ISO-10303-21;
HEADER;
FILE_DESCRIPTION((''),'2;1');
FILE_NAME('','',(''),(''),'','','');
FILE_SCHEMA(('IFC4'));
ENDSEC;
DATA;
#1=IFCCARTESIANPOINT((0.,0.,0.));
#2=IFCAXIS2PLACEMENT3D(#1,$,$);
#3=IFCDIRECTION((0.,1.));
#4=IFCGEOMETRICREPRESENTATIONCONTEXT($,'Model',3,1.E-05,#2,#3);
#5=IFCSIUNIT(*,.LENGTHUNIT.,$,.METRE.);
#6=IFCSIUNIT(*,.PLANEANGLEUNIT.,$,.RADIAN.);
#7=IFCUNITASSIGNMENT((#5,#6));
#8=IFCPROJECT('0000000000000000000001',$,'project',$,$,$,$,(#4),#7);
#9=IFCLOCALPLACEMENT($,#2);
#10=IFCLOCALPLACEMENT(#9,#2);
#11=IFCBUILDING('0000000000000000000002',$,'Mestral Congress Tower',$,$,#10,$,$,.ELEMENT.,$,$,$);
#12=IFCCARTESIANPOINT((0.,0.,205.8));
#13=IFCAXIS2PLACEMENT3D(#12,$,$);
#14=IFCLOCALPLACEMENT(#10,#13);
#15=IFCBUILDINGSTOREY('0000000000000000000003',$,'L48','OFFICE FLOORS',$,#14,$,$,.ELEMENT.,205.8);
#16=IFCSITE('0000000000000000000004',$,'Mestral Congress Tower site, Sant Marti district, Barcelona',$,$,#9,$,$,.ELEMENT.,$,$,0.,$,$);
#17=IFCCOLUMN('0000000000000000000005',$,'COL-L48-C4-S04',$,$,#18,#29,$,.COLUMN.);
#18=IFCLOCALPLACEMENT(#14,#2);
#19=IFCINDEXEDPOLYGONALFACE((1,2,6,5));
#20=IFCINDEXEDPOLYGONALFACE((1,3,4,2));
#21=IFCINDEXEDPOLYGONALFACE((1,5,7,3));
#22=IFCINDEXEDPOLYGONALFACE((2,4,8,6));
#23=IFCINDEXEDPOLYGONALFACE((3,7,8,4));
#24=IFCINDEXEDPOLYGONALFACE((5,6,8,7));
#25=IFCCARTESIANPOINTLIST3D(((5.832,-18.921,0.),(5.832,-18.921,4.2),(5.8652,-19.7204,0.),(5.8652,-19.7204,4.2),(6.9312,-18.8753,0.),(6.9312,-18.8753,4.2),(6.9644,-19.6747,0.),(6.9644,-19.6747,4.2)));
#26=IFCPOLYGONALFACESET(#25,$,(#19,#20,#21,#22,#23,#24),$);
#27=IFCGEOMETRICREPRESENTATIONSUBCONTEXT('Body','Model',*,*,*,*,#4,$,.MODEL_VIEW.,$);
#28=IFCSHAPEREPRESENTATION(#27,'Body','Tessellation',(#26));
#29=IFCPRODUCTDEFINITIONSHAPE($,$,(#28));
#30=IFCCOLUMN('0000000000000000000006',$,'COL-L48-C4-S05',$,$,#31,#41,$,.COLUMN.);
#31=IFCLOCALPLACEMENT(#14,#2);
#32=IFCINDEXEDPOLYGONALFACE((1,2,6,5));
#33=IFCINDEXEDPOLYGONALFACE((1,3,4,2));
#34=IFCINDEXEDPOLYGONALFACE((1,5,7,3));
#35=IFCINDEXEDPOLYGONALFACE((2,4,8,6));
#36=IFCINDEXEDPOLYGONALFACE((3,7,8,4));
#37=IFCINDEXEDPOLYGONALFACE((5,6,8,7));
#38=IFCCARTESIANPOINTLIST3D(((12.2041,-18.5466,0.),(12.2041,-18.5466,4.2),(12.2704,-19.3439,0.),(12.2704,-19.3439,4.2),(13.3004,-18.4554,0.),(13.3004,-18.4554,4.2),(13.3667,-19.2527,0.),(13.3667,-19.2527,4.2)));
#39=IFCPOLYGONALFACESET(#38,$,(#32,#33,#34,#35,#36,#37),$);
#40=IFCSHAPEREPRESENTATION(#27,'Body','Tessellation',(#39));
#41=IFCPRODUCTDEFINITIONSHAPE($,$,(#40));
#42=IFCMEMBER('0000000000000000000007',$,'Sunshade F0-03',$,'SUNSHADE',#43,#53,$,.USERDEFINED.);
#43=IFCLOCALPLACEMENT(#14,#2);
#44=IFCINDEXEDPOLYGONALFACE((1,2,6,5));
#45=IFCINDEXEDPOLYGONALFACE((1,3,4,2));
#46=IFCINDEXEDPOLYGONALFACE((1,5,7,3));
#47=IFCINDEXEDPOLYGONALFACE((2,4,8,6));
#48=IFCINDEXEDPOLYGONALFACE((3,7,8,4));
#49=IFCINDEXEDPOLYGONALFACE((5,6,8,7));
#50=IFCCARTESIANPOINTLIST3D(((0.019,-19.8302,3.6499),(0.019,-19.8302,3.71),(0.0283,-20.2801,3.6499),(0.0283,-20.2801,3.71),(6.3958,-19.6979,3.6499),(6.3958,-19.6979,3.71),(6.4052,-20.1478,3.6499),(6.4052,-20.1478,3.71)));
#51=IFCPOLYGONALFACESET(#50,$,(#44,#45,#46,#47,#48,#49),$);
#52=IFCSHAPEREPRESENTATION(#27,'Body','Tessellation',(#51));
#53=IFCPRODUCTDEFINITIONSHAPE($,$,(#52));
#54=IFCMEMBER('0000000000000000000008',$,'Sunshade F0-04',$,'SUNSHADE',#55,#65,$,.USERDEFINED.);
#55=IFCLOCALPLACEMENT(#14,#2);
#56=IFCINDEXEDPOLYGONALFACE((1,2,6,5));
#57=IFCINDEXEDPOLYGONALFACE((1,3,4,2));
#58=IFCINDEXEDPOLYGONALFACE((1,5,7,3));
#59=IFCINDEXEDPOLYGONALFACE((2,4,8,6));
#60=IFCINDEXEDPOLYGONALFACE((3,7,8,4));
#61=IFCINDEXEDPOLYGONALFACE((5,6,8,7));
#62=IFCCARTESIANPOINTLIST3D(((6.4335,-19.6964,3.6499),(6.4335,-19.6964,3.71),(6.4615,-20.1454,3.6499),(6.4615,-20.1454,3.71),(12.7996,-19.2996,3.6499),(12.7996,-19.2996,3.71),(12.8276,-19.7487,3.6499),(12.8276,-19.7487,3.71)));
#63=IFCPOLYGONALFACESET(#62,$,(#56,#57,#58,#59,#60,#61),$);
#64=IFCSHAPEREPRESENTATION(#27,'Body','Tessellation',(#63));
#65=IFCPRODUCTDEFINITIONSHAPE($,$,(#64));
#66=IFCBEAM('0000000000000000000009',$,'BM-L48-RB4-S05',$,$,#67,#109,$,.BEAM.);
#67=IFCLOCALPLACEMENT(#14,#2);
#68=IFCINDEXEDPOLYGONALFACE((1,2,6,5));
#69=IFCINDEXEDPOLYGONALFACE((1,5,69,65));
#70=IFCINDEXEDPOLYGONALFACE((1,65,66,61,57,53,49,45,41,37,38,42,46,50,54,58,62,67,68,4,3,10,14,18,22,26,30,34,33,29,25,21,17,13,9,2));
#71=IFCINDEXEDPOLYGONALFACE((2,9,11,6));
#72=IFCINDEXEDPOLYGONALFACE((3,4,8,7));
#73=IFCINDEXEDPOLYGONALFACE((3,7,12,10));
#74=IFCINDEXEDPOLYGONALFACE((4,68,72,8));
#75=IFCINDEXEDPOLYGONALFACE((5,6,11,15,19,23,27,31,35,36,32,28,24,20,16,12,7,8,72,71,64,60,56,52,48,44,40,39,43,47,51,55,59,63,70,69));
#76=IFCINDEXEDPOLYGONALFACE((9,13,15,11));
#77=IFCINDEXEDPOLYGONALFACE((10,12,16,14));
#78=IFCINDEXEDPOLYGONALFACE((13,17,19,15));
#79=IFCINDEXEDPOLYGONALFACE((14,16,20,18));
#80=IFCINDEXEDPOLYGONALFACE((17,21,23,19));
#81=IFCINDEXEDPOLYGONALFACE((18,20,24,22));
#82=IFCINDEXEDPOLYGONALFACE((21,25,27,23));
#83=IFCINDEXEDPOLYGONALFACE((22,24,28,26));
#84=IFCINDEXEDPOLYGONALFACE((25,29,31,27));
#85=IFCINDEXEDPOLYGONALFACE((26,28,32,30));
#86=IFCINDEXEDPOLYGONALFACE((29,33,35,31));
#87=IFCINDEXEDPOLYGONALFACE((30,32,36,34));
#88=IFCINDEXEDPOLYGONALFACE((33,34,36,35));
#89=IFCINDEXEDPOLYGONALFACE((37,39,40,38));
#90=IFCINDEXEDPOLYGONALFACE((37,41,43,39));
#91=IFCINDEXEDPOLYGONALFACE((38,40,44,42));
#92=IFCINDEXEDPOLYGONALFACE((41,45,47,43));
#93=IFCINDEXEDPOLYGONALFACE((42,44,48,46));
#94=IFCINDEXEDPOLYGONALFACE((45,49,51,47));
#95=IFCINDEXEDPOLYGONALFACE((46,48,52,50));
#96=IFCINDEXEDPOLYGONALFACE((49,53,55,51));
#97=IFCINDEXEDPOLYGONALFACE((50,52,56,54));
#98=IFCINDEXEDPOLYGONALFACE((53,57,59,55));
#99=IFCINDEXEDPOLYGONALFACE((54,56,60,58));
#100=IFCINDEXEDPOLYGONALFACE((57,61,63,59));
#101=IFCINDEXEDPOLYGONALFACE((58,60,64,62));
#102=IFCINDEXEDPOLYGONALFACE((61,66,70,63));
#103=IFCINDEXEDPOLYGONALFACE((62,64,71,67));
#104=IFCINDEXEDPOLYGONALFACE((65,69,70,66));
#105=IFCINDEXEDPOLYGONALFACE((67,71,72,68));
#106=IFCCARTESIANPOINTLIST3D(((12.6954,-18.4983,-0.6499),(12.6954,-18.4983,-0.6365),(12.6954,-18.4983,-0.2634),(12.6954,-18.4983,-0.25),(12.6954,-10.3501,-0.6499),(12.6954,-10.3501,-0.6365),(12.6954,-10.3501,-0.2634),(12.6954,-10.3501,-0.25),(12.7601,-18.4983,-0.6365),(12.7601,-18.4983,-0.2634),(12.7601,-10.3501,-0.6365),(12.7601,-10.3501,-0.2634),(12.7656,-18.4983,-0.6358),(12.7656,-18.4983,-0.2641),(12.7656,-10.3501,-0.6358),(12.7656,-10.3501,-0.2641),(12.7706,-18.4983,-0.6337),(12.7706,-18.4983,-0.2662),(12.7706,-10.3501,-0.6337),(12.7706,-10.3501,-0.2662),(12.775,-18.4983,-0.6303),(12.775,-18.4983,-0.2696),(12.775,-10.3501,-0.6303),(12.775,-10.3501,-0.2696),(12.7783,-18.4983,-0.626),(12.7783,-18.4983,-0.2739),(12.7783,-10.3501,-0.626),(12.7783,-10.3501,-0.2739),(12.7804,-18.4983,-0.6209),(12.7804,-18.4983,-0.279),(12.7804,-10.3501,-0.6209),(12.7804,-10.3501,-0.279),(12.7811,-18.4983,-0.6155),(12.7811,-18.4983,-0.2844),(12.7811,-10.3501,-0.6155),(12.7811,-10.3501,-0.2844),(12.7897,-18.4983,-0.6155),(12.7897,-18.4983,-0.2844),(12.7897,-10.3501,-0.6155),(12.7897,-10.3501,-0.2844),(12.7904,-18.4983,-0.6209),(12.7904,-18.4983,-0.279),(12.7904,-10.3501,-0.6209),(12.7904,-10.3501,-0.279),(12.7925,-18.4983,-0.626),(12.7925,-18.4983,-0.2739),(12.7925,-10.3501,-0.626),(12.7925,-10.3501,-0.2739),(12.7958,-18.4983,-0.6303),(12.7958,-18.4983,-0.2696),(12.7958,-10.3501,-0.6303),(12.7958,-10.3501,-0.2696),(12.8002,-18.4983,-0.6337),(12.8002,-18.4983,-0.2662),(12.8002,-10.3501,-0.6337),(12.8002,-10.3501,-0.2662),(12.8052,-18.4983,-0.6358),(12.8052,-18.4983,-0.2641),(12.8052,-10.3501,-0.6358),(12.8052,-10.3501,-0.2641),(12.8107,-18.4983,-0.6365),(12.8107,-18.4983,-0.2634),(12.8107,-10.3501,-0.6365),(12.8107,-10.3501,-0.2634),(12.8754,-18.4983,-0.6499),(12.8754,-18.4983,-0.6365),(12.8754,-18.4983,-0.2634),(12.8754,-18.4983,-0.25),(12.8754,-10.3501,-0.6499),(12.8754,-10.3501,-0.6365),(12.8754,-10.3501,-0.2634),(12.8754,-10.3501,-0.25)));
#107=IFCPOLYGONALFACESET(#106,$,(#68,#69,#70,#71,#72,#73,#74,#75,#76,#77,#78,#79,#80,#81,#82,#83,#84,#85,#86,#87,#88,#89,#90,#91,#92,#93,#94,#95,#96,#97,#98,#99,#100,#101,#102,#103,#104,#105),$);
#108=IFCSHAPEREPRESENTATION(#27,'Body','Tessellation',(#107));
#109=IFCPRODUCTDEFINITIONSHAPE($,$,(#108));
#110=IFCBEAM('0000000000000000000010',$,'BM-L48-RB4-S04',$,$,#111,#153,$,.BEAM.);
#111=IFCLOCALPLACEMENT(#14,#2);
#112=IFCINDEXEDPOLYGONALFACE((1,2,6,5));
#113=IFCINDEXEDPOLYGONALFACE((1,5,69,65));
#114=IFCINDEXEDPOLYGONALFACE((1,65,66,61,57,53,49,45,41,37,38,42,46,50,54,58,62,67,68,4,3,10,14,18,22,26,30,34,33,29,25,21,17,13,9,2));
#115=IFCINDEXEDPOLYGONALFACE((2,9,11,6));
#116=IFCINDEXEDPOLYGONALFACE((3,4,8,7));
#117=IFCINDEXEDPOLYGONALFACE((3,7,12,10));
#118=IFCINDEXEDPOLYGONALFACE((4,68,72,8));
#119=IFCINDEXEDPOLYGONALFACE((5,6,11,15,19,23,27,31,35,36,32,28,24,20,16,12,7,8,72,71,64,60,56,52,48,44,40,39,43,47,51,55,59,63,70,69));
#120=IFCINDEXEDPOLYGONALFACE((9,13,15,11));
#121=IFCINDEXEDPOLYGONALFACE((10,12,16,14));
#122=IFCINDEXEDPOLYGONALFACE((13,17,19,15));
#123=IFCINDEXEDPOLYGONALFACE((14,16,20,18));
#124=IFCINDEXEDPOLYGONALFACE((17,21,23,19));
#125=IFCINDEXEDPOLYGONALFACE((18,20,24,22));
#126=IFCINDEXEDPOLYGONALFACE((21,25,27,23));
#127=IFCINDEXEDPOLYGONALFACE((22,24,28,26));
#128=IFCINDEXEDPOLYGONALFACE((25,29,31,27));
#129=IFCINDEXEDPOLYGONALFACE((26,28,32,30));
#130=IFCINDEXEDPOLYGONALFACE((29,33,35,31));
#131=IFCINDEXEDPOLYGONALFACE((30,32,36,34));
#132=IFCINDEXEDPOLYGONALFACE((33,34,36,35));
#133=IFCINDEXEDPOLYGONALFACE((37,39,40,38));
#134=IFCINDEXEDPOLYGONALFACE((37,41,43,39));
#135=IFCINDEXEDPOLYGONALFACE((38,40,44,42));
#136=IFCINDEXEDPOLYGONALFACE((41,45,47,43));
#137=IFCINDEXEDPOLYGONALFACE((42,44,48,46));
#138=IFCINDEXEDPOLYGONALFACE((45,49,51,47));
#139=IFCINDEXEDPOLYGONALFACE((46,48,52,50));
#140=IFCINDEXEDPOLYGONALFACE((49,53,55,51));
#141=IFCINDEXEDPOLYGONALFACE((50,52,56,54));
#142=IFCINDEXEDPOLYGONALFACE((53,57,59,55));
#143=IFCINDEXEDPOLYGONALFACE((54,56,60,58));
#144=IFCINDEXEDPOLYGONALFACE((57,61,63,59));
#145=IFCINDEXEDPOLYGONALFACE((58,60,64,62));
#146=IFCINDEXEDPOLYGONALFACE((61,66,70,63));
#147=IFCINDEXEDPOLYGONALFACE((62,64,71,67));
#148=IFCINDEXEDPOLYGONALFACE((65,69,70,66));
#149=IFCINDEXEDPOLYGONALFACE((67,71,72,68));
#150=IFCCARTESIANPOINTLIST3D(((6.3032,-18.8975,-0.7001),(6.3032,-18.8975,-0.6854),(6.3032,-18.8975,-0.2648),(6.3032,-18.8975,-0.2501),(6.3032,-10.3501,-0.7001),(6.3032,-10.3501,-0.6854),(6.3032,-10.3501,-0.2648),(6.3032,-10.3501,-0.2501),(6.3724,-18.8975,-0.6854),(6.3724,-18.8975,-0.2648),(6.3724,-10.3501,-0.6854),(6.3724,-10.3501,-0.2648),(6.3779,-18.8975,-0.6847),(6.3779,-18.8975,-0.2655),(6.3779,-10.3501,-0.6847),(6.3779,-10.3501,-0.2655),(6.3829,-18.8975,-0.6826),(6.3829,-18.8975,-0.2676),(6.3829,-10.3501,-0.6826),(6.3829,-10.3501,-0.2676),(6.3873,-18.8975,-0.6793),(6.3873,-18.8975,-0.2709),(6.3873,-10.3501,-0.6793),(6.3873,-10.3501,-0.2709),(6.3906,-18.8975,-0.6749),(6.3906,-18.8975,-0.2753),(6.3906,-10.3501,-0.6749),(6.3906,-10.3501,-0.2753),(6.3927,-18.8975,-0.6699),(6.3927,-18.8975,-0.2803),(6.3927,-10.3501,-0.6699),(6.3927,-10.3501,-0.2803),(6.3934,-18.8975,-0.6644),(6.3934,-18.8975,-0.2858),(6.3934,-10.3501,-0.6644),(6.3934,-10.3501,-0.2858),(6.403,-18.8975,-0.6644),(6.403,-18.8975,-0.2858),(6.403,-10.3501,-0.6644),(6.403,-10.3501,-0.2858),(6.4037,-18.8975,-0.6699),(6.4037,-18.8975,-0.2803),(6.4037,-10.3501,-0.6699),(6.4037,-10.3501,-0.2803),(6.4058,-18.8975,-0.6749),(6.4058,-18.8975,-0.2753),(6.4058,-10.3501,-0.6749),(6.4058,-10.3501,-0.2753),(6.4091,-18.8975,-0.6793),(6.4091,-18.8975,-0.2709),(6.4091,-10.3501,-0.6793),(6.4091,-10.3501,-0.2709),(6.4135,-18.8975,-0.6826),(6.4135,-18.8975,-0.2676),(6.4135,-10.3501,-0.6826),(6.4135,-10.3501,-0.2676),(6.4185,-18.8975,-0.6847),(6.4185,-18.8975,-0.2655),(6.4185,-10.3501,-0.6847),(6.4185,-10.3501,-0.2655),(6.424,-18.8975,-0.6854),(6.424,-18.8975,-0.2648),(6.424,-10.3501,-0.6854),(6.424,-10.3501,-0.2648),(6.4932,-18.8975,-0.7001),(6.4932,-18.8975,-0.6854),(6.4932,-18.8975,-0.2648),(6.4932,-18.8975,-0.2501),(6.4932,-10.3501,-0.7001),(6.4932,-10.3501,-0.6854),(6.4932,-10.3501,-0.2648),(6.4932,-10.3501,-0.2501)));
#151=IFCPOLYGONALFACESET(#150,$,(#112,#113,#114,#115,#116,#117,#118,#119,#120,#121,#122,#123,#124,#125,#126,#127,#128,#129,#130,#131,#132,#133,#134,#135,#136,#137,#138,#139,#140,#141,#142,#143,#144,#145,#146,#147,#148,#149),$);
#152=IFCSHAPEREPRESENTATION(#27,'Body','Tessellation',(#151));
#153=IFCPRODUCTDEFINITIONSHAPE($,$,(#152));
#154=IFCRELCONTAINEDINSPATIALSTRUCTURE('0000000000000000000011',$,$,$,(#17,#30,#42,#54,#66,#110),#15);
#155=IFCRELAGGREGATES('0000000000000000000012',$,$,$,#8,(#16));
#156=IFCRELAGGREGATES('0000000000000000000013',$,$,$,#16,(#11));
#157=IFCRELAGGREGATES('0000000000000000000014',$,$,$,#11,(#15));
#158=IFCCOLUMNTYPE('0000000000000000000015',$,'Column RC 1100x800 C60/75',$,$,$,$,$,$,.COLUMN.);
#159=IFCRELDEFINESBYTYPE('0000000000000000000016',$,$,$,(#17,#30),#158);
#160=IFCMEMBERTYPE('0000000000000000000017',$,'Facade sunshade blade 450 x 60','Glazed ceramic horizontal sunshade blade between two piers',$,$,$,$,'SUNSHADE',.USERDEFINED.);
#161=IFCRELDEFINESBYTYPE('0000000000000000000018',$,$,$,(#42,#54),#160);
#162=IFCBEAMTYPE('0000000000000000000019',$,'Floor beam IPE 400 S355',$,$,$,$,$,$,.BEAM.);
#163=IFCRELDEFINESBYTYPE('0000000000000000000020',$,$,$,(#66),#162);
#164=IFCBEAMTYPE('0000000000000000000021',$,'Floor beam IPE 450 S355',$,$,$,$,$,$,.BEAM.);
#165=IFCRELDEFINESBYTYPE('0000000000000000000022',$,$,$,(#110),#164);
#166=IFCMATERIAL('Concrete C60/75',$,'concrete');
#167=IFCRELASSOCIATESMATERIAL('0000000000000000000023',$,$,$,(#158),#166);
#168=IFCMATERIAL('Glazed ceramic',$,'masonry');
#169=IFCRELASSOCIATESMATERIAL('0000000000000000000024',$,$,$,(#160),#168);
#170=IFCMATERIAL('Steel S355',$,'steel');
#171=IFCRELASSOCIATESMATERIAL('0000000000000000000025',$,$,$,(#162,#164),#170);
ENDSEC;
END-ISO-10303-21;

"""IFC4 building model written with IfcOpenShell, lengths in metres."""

from ifc_helpers import new_model, si_unit, direction, frame, origin, origin_2d, place, context, subcontext, project, spatial, rectangle, i_section, extrude, material, material_profile, profile_set, type_object, element, save


model = new_model("IFC4")

# Units and contexts
model_context = context("Model", 3, precision=1e-05, world=origin(), true_north=direction((0.0, 1.0)))
body_context = subcontext(model_context, "Body", "Model", "MODEL_VIEW")
ifc_project = project(units=[si_unit("LENGTHUNIT", "METRE"), si_unit("PLANEANGLEUNIT", "RADIAN")], contexts=[model_context])

# Site, building, storey
site_placement = place(None, origin())
site = spatial("IfcSite", under=ifc_project, at=site_placement, Name="Mestral Congress Tower site, Sant Marti district, Barcelona", CompositionType="ELEMENT", RefElevation=0.0)
building_placement = place(site_placement, origin())
building = spatial("IfcBuilding", under=site, at=building_placement, Name="Mestral Congress Tower", CompositionType="ELEMENT")
storey_placement = place(building_placement, frame((0.0, 0.0, 205.8)))
storey = spatial("IfcBuildingStorey", under=building, at=storey_placement, Name="L48", Description="OFFICE FLOORS", CompositionType="ELEMENT", Elevation=205.8)

# Columns
ifc_material_1 = material(Name="Concrete C60/75", Category="concrete")
ifc_material_profile_1 = material_profile(ifc_material_1, rectangle(XDim=1.1001, YDim=0.8, at=origin_2d()), Name="RC 1100x800")
ifc_profile_set_1 = profile_set([ifc_material_profile_1], Name="Concrete C60/75")
column_type = type_object("IfcColumnType", Name="Column RC 1100x800 C60/75", PredefinedType="COLUMN", material=ifc_profile_set_1)
for number, where, z_axis, x_axis, name in (
    (1, (6.3982, -19.2979, 0.0), (0.0, 0.0, 1.0), (0.999139, 0.041492, 0.0), "COL-L48-C4-S04"),
    (2, (12.7854, -18.8997, 0.0), (0.0, 0.0, 1.0), (0.996557, 0.082914, 0.0), "COL-L48-C4-S05"),
):
    element("IfcColumn", number, at=place(storey_placement, frame(where, z_axis=z_axis, x_axis=x_axis)), inside=storey, type_object=column_type, Name=name, PredefinedType="COLUMN", context=body_context, shape_type="SweptSolid", body=[
        extrude(rectangle(XDim=1.1001, YDim=0.8, at=origin_2d()), origin(), (0.0, 0.0, 1.0), 4.2),
    ])

# Members
ifc_material_2 = material(Name="Glazed ceramic", Category="masonry")
ifc_material_profile_2 = material_profile(ifc_material_2, rectangle(XDim=0.45, YDim=0.0601, at=origin_2d()), Name="Ceramic blade 450 x 60")
ifc_profile_set_2 = profile_set([ifc_material_profile_2], Name="Glazed ceramic")
member_type = type_object("IfcMemberType", Name="Facade sunshade blade 450 x 60", Description="Glazed ceramic horizontal sunshade blade between two piers", ElementType="SUNSHADE", PredefinedType="USERDEFINED", material=ifc_profile_set_2)
member_1_placement = place(storey_placement, frame((0.0237, -20.0552, 3.6799), z_axis=(0.999785, 0.020747, 0.0), x_axis=(-0.020747, 0.999785, 0.0)))
element("IfcMember", 3, at=member_1_placement, inside=storey, type_object=member_type, Name="Sunshade F0-03", ObjectType="SUNSHADE", PredefinedType="USERDEFINED", context=body_context, shape_type="SweptSolid", body=[
    extrude(rectangle(XDim=0.45, YDim=0.0601, at=origin_2d()), origin(), (0.0, 0.0, 1.0), 6.3782),
])
member_2_placement = place(storey_placement, frame((6.4475, -19.9209, 3.6799), z_axis=(0.998064, 0.0622, 0.0), x_axis=(-0.0622, 0.998064, 0.0)))
element("IfcMember", 4, at=member_2_placement, inside=storey, type_object=member_type, Name="Sunshade F0-04", ObjectType="SUNSHADE", PredefinedType="USERDEFINED", context=body_context, shape_type="SweptSolid", body=[
    extrude(rectangle(XDim=0.45, YDim=0.0601, at=origin_2d()), origin(), (0.0, 0.0, 1.0), 6.3784),
])

# Beams
ifc_material_3 = material(Name="Steel S355", Category="steel")
ifc_material_profile_3 = material_profile(ifc_material_3, i_section(OverallWidth=0.1799, OverallDepth=0.3999, WebThickness=0.0085, FlangeThickness=0.0134, FilletRadius=0.021, at=origin_2d()), Name="IPE 400")
ifc_profile_set_3 = profile_set([ifc_material_profile_3], Name="Steel S355")
beam_type_1 = type_object("IfcBeamType", Name="Floor beam IPE 400 S355", PredefinedType="BEAM", material=ifc_profile_set_3)
beam_1_placement = place(storey_placement, frame((12.7854, -18.4983, -0.45), z_axis=(0.0, 1.0, 0.0), x_axis=(-1.0, 0.0, 0.0)))
element("IfcBeam", 5, at=beam_1_placement, inside=storey, type_object=beam_type_1, Name="BM-L48-RB4-S05", PredefinedType="BEAM", context=body_context, shape_type="SweptSolid", body=[
    extrude(i_section(OverallWidth=0.1799, OverallDepth=0.3999, WebThickness=0.0085, FlangeThickness=0.0134, FilletRadius=0.021, at=origin_2d()), origin(), (0.0, 0.0, 1.0), 8.1482),
])
ifc_material_profile_4 = material_profile(ifc_material_3, i_section(OverallWidth=0.1899, OverallDepth=0.45, WebThickness=0.0095, FlangeThickness=0.0146, FilletRadius=0.021, at=origin_2d()), Name="IPE 450")
ifc_profile_set_4 = profile_set([ifc_material_profile_4], Name="Steel S355")
beam_type_2 = type_object("IfcBeamType", Name="Floor beam IPE 450 S355", PredefinedType="BEAM", material=ifc_profile_set_4)
beam_2_placement = place(storey_placement, frame((6.3982, -18.8975, -0.4751), z_axis=(0.0, 1.0, 0.0), x_axis=(-1.0, 0.0, 0.0)))
element("IfcBeam", 6, at=beam_2_placement, inside=storey, type_object=beam_type_2, Name="BM-L48-RB4-S04", PredefinedType="BEAM", context=body_context, shape_type="SweptSolid", body=[
    extrude(i_section(OverallWidth=0.1899, OverallDepth=0.45, WebThickness=0.0095, FlangeThickness=0.0146, FilletRadius=0.021, at=origin_2d()), origin(), (0.0, 0.0, 1.0), 8.5474),
])

save(model, "model.ifc")
